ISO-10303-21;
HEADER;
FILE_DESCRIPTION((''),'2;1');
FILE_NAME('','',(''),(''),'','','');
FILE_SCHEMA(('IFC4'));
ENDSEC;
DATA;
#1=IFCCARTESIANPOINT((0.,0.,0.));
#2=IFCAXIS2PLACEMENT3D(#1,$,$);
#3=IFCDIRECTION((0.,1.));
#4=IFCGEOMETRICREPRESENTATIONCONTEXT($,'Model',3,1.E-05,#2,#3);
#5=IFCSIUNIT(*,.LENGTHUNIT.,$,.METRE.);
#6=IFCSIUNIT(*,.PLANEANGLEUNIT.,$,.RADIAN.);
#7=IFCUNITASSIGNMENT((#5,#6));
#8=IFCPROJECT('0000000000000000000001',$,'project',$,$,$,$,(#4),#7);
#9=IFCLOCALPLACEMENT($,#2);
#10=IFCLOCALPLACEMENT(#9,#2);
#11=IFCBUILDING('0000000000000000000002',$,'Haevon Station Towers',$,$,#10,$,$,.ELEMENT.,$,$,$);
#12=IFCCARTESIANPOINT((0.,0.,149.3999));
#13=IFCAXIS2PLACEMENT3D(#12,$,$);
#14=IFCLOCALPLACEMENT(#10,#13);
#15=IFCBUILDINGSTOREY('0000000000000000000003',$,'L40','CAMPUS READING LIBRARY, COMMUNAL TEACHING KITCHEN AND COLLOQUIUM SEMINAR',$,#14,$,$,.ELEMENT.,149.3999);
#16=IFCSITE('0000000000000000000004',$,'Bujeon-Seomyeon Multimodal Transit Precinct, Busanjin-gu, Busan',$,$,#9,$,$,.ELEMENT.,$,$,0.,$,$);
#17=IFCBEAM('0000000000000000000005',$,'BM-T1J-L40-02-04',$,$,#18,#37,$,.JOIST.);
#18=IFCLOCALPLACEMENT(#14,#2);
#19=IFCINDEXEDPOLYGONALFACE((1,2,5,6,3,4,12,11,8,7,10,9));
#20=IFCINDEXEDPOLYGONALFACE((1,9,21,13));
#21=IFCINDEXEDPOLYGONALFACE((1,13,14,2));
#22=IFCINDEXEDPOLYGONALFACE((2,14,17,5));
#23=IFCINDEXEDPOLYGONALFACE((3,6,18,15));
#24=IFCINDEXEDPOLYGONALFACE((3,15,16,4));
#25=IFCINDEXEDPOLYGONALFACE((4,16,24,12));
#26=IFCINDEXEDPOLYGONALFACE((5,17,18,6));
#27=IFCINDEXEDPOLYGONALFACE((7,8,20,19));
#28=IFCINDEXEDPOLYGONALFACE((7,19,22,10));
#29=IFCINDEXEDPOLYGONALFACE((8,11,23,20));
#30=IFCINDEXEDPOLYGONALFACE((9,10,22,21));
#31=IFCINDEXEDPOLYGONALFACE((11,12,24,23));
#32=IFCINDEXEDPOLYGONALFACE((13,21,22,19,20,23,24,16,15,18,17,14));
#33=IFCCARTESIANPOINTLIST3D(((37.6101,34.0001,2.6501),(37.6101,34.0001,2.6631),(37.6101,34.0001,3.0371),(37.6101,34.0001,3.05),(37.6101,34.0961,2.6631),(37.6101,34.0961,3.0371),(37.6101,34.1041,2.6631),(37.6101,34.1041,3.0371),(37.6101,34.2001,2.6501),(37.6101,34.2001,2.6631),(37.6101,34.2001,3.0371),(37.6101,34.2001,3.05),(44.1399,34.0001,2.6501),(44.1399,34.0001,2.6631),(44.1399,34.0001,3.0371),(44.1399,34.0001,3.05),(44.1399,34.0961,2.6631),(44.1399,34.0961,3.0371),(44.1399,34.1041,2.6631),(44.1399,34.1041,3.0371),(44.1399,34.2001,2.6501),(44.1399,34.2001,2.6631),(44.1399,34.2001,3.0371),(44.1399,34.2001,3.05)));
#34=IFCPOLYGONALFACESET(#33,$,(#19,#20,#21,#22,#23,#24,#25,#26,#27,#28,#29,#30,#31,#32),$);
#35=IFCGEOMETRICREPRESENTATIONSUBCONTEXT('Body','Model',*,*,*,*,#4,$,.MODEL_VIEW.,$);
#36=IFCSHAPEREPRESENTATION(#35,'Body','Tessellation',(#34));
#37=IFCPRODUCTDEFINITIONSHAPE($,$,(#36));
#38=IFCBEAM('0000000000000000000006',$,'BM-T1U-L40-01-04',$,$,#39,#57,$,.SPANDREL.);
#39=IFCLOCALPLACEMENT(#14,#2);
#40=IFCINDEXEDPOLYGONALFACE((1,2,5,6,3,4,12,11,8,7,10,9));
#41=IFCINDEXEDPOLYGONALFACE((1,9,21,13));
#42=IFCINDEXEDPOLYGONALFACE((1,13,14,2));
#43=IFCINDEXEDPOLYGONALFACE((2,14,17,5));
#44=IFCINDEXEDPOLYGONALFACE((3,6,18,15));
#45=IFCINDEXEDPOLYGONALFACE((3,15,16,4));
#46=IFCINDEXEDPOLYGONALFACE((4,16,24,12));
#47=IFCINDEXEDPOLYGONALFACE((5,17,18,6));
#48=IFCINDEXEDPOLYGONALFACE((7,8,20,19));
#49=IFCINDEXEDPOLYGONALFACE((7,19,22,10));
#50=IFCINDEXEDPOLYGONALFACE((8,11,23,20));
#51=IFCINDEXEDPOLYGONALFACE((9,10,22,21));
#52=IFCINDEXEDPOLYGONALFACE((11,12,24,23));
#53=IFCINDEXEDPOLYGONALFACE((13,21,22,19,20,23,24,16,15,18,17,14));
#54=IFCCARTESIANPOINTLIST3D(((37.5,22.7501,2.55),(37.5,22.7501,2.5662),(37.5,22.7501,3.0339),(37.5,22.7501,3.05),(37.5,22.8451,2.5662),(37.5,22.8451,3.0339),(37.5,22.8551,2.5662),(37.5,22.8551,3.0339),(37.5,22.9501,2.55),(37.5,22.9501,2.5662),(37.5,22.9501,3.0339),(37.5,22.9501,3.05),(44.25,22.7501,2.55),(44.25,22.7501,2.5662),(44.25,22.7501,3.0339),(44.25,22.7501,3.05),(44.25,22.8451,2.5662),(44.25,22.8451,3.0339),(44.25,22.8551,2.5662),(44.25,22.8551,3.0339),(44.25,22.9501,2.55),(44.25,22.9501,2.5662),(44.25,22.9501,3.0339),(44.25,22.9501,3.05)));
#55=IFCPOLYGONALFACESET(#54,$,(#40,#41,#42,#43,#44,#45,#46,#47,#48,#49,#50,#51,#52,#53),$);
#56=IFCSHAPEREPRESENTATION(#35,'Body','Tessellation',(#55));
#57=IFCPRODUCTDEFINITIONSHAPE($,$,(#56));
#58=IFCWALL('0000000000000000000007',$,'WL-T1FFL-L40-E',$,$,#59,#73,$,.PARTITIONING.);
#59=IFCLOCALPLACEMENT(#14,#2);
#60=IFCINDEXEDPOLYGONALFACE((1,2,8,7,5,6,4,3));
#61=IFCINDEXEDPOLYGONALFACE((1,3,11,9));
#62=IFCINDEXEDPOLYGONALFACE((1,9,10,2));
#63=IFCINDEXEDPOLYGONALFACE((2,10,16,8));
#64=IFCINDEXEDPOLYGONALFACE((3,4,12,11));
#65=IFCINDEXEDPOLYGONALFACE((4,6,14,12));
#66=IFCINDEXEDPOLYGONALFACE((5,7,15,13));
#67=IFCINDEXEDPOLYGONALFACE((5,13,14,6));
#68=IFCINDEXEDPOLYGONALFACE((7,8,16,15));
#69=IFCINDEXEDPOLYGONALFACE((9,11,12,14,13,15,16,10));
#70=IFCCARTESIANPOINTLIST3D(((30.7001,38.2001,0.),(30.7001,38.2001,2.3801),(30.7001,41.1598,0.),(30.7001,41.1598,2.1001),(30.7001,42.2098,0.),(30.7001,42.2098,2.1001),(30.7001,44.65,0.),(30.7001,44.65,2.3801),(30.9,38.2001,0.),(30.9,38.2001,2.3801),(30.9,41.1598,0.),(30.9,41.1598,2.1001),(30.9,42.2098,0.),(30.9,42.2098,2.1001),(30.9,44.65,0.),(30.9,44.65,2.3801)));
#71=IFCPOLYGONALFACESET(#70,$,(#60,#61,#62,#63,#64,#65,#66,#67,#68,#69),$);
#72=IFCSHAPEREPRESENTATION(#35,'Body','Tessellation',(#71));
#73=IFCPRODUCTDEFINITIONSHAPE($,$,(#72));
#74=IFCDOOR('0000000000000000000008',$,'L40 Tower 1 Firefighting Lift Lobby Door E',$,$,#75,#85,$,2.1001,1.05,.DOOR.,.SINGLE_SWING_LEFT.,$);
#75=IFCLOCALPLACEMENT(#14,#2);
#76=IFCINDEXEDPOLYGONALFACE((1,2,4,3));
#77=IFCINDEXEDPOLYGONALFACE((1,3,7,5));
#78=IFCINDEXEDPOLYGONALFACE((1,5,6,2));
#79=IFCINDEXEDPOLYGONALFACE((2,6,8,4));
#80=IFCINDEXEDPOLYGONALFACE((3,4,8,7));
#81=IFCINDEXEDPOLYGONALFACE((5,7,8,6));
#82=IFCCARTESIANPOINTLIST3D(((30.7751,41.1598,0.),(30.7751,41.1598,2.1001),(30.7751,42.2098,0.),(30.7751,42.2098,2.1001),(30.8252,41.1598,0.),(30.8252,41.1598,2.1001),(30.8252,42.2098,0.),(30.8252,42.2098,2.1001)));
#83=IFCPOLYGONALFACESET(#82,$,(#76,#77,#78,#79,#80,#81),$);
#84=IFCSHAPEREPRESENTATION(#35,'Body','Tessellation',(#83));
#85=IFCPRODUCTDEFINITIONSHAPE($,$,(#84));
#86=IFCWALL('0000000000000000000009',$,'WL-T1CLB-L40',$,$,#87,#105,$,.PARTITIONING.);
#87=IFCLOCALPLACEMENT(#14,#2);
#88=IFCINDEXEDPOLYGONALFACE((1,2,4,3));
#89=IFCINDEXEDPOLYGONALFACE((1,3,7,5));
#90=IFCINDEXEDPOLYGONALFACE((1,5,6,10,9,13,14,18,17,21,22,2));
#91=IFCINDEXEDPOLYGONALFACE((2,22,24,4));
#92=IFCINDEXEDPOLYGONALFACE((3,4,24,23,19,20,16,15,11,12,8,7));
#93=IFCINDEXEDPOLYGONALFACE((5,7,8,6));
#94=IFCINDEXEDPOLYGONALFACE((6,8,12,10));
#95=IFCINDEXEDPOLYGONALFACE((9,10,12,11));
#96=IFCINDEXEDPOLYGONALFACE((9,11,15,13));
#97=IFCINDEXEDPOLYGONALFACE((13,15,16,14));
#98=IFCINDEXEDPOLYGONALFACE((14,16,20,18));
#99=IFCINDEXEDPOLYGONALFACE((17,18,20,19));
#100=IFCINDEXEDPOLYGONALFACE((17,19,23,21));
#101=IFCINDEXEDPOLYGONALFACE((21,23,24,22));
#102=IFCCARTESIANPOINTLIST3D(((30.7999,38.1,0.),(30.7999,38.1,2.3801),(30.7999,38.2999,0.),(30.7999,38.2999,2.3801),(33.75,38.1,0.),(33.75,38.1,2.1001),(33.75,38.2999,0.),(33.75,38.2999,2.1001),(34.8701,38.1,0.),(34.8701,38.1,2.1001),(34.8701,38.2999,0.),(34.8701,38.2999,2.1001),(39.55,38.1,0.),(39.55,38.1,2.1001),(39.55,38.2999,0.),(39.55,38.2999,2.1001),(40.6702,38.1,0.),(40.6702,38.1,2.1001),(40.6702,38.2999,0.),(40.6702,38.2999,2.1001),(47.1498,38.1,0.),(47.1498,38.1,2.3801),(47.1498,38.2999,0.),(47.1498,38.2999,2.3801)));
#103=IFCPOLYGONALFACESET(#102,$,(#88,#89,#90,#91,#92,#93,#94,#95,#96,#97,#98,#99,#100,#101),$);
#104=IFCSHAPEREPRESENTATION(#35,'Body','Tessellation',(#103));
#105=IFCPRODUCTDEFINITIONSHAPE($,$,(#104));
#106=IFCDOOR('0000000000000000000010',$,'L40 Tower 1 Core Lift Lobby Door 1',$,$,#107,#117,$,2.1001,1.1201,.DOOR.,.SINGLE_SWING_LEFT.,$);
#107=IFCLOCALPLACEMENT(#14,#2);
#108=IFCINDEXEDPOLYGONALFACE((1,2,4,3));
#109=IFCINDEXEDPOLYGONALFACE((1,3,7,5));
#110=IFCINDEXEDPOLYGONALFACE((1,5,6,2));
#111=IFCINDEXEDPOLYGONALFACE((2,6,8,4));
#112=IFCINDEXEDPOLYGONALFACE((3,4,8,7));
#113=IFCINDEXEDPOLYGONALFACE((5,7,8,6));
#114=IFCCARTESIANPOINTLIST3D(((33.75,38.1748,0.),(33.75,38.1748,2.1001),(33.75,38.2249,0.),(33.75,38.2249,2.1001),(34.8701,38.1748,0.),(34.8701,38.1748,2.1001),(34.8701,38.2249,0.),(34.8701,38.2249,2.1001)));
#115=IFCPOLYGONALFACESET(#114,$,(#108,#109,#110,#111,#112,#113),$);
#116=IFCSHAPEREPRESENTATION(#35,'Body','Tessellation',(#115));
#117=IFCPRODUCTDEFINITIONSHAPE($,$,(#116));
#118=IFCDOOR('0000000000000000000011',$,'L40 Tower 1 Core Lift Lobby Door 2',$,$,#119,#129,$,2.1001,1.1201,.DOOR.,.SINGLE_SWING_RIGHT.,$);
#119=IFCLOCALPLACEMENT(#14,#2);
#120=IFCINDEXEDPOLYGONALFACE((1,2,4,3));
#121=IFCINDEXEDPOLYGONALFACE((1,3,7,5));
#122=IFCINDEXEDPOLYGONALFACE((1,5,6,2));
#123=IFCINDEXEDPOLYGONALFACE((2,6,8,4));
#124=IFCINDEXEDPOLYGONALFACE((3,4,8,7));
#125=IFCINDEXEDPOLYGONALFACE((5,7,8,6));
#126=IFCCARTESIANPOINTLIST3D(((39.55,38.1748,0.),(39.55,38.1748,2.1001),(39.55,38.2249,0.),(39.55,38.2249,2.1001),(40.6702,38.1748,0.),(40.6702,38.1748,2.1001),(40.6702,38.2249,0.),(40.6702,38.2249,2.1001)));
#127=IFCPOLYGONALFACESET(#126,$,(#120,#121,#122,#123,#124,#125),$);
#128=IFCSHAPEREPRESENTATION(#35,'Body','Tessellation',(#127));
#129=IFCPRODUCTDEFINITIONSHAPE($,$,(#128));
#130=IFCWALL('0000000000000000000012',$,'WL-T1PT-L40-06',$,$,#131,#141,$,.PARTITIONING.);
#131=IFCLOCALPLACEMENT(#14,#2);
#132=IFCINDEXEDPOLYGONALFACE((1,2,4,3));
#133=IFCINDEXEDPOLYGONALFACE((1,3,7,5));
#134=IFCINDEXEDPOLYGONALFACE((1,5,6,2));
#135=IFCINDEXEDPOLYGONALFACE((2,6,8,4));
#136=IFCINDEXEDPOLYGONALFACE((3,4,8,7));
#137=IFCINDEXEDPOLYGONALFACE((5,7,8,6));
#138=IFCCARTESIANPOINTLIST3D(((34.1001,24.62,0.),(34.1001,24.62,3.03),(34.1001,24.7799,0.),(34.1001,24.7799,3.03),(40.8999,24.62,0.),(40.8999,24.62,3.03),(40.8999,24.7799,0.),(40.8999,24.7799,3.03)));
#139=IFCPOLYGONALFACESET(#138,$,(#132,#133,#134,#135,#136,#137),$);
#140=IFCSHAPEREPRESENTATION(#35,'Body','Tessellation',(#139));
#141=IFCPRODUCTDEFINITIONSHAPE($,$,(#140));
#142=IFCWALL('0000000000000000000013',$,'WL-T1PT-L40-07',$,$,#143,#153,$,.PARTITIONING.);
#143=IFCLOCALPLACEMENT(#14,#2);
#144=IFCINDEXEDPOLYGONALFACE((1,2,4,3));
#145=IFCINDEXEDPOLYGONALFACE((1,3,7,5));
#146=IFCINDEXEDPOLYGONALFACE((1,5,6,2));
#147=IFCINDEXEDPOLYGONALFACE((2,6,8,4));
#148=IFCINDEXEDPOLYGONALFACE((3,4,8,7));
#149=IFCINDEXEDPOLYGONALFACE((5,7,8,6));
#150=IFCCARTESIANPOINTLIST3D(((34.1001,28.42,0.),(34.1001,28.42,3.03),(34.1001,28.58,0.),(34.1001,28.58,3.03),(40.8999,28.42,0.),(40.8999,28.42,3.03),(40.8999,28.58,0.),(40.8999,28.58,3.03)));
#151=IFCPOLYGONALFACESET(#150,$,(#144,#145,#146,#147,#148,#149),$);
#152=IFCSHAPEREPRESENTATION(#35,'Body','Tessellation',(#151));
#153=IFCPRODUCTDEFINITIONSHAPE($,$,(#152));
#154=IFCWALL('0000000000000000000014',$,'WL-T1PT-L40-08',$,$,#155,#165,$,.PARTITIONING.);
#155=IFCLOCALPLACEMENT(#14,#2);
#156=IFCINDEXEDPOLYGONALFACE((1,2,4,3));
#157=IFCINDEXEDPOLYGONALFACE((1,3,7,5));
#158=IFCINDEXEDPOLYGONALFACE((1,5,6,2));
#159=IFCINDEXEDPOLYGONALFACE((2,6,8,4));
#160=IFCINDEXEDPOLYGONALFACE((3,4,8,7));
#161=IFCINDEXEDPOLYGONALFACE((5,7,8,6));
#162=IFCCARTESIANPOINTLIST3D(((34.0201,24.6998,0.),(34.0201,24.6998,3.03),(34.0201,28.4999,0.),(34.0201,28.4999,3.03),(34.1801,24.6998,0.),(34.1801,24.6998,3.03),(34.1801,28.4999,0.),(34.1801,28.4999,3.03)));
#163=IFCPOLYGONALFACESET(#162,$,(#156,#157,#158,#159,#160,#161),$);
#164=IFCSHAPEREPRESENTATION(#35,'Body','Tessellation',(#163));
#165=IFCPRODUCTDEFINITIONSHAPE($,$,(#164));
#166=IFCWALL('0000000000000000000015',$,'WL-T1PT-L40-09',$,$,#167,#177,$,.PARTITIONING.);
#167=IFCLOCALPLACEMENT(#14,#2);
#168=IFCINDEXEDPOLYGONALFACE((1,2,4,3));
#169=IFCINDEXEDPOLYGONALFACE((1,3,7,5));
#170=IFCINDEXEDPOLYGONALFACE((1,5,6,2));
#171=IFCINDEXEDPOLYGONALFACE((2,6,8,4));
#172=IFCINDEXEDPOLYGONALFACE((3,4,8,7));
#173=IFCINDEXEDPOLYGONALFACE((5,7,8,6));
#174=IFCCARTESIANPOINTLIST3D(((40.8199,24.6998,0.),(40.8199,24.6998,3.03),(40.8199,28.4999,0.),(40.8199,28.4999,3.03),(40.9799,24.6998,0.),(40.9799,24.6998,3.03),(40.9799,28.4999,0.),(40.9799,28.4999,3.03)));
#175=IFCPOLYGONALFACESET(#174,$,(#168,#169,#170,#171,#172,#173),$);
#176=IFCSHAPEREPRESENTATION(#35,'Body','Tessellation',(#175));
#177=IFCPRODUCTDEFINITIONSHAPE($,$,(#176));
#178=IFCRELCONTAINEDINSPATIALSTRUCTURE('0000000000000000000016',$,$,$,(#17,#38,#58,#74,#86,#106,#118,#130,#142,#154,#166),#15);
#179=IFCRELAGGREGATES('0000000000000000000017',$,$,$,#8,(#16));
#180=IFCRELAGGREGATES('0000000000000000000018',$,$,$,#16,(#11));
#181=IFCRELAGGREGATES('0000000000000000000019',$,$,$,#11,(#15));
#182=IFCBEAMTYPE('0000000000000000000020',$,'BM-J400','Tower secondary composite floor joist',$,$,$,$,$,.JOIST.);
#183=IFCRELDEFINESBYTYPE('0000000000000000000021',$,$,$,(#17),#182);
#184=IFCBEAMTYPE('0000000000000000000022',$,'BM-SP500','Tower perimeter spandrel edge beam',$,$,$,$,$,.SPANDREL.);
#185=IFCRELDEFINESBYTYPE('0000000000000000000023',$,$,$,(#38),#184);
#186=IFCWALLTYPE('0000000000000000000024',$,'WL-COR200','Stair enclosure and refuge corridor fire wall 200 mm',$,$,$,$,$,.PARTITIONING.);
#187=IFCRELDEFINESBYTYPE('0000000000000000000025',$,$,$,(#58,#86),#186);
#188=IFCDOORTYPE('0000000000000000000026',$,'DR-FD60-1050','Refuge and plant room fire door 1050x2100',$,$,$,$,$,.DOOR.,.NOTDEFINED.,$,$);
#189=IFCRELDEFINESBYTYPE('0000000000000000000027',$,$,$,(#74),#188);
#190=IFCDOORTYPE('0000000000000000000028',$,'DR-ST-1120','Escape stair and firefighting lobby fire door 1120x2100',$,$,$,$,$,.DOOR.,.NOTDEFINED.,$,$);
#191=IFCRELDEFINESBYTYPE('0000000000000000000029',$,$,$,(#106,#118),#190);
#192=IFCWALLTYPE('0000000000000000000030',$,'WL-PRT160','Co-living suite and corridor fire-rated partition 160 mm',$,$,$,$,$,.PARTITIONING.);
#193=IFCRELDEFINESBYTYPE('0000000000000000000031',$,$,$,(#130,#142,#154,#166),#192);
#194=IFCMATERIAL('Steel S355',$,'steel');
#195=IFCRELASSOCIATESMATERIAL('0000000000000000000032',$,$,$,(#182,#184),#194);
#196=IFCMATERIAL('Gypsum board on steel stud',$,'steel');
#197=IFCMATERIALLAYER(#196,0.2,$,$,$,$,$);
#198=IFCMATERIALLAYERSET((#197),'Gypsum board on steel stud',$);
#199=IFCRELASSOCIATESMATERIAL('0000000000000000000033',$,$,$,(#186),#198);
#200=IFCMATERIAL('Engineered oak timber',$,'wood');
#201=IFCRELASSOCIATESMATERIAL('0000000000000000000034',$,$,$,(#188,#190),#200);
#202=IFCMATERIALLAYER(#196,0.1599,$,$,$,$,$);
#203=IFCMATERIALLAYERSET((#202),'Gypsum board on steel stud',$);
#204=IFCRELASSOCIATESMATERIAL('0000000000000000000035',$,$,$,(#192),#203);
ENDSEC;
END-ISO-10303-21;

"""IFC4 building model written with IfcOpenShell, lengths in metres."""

from ifc_helpers import new_model, si_unit, direction, frame, frame_2d, origin, origin_2d, place, context, subcontext, project, spatial, rectangle, i_section, extrude, material, layer, layer_set, material_profile, profile_set, type_object, element, fill, save


model = new_model("IFC4")

# Units and contexts
model_context = context("Model", 3, precision=1e-05, world=origin(), true_north=direction((0.0, 1.0)))
body_context = subcontext(model_context, "Body", "Model", "MODEL_VIEW")
ifc_project = project(units=[si_unit("LENGTHUNIT", "METRE"), si_unit("PLANEANGLEUNIT", "RADIAN")], contexts=[model_context])

# Site, building, storey
site_placement = place(None, origin())
site = spatial("IfcSite", under=ifc_project, at=site_placement, Name="Bujeon-Seomyeon Multimodal Transit Precinct, Busanjin-gu, Busan", CompositionType="ELEMENT", RefElevation=0.0)
building_placement = place(site_placement, origin())
building = spatial("IfcBuilding", under=site, at=building_placement, Name="Haevon Station Towers", CompositionType="ELEMENT")
storey_placement = place(building_placement, frame((0.0, 0.0, 149.3999)))
storey = spatial("IfcBuildingStorey", under=building, at=storey_placement, Name="L40", Description="CAMPUS READING LIBRARY, COMMUNAL TEACHING KITCHEN AND COLLOQUIUM SEMINAR", CompositionType="ELEMENT", Elevation=149.3999)

# Shared definitions
ifc_material_1 = material(Name="Steel S355", Category="steel")

# Beams
ifc_material_profile_1 = material_profile(ifc_material_1, i_section(OverallWidth=0.2, OverallDepth=0.3999, WebThickness=0.0081, FlangeThickness=0.0129, at=origin_2d()), Name="H-400x200x8x13")
ifc_profile_set_1 = profile_set([ifc_material_profile_1], Name="Steel S355")
beam_type_1 = type_object("IfcBeamType", Name="BM-J400", Description="Tower secondary composite floor joist", PredefinedType="JOIST", material=ifc_profile_set_1)
for number, where, z_axis, x_axis, name in (
    (1, (37.6101, 34.1001, 2.8501), (1.0, 0.0, 0.0), (0.0, 1.0, 0.0), "BM-T1J-L40-02-04"),
):
    element("IfcBeam", number, at=place(storey_placement, frame(where, z_axis=z_axis, x_axis=x_axis)), inside=storey, type_object=beam_type_1, Name=name, PredefinedType="JOIST", context=body_context, shape_type="SweptSolid", body=[
        extrude(i_section(OverallWidth=0.2, OverallDepth=0.3999, WebThickness=0.0081, FlangeThickness=0.0129, at=origin_2d()), origin(), (0.0, 0.0, 1.0), 6.5298),
    ])
ifc_material_profile_2 = material_profile(ifc_material_1, i_section(OverallWidth=0.2, OverallDepth=0.5, WebThickness=0.01, FlangeThickness=0.0161, at=origin_2d()), Name="H-500x200x10x16")
ifc_profile_set_2 = profile_set([ifc_material_profile_2], Name="Steel S355")
beam_type_2 = type_object("IfcBeamType", Name="BM-SP500", Description="Tower perimeter spandrel edge beam", PredefinedType="SPANDREL", material=ifc_profile_set_2)
beam_1_placement = place(storey_placement, frame((37.5, 22.8501, 2.8), z_axis=(1.0, 0.0, 0.0), x_axis=(0.0, 1.0, 0.0)))
element("IfcBeam", 2, at=beam_1_placement, inside=storey, type_object=beam_type_2, Name="BM-T1U-L40-01-04", PredefinedType="SPANDREL", context=body_context, shape_type="SweptSolid", body=[
    extrude(i_section(OverallWidth=0.2, OverallDepth=0.5, WebThickness=0.01, FlangeThickness=0.0161, at=origin_2d()), origin(), (0.0, 0.0, 1.0), 6.75),
])

# Wall, opening, door
ifc_material_2 = material(Name="Gypsum board on steel stud", Category="steel")
ifc_layer_1 = layer(ifc_material_2, 0.2)
ifc_layer_set_1 = layer_set([ifc_layer_1], Name="Gypsum board on steel stud")
wall_type_1 = type_object("IfcWallType", Name="WL-COR200", Description="Stair enclosure and refuge corridor fire wall 200 mm", PredefinedType="PARTITIONING", material=ifc_layer_set_1)
wall_1_placement = place(storey_placement, frame((30.8, 38.2, 0.0), z_axis=(0.0, 0.0, 1.0), x_axis=(0.0, 1.0, 0.0)))
wall_1 = element("IfcWall", 3, at=wall_1_placement, inside=storey, type_object=wall_type_1, Name="WL-T1FFL-L40-E", PredefinedType="PARTITIONING", context=body_context, shape_type="SweptSolid", body=[
    extrude(rectangle(XDim=6.45, YDim=0.2, at=frame_2d((3.2251, 0.0))), origin(), (0.0, 0.0, 1.0), 2.3801),
])
opening_1_placement = place(wall_1_placement, frame((2.96, 0.0, 0.0)))
opening_1 = element("IfcOpeningElement", 4, at=opening_1_placement, cuts=wall_1, PredefinedType="OPENING", context=body_context, shape_type="SweptSolid", body=[
    extrude(rectangle(XDim=1.05, YDim=2.1001, at=frame_2d((0.5249, 1.05))), frame((0.0, 0.1099, 0.0), z_axis=(0.0, -1.0, 0.0), x_axis=(1.0, 0.0, 0.0)), (0.0, 0.0, 1.0), 0.22),
])
ifc_material_3 = material(Name="Engineered oak timber", Category="wood")
door_type_1 = type_object("IfcDoorType", Name="DR-FD60-1050", Description="Refuge and plant room fire door 1050x2100", OperationType="NOTDEFINED", PredefinedType="DOOR", material=ifc_material_3)
door_1_placement = place(opening_1_placement, origin())
door_1 = element("IfcDoor", 5, at=door_1_placement, inside=storey, type_object=door_type_1, Name="L40 Tower 1 Firefighting Lift Lobby Door E", OperationType="SINGLE_SWING_LEFT", OverallHeight=2.1001, OverallWidth=1.05, PredefinedType="DOOR", context=body_context, shape_type="SweptSolid", body=[
    extrude(rectangle(XDim=1.05, YDim=2.1001, at=frame_2d((0.5249, 1.05))), frame((0.0, 0.0249, 0.0), z_axis=(0.0, -1.0, 0.0), x_axis=(1.0, 0.0, 0.0)), (0.0, 0.0, 1.0), 0.05),
])
fill(opening_1, door_1)

# Wall, openings, doors
wall_2_placement = place(storey_placement, frame((30.8, 38.2, 0.0), z_axis=(0.0, 0.0, 1.0), x_axis=(1.0, 0.0, 0.0)))
wall_2 = element("IfcWall", 6, at=wall_2_placement, inside=storey, type_object=wall_type_1, Name="WL-T1CLB-L40", PredefinedType="PARTITIONING", context=body_context, shape_type="SweptSolid", body=[
    extrude(rectangle(XDim=16.3499, YDim=0.2, at=frame_2d((8.1748, 0.0))), origin(), (0.0, 0.0, 1.0), 2.3801),
])
opening_2_placement = place(wall_2_placement, frame((2.95, 0.0, 0.0)))
opening_2 = element("IfcOpeningElement", 7, at=opening_2_placement, cuts=wall_2, PredefinedType="OPENING", context=body_context, shape_type="SweptSolid", body=[
    extrude(rectangle(XDim=1.1201, YDim=2.1001, at=frame_2d((0.5601, 1.05))), frame((0.0, 0.1099, 0.0), z_axis=(0.0, -1.0, 0.0), x_axis=(1.0, 0.0, 0.0)), (0.0, 0.0, 1.0), 0.22),
])
opening_3_placement = place(wall_2_placement, frame((8.75, 0.0, 0.0)))
opening_3 = element("IfcOpeningElement", 8, at=opening_3_placement, cuts=wall_2, PredefinedType="OPENING", context=body_context, shape_type="SweptSolid", body=[
    extrude(rectangle(XDim=1.1201, YDim=2.1001, at=frame_2d((0.5601, 1.05))), frame((0.0, 0.1099, 0.0), z_axis=(0.0, -1.0, 0.0), x_axis=(1.0, 0.0, 0.0)), (0.0, 0.0, 1.0), 0.22),
])
door_type_2 = type_object("IfcDoorType", Name="DR-ST-1120", Description="Escape stair and firefighting lobby fire door 1120x2100", OperationType="NOTDEFINED", PredefinedType="DOOR", material=ifc_material_3)
door_2_placement = place(opening_2_placement, origin())
door_2 = element("IfcDoor", 9, at=door_2_placement, inside=storey, type_object=door_type_2, Name="L40 Tower 1 Core Lift Lobby Door 1", OperationType="SINGLE_SWING_LEFT", OverallHeight=2.1001, OverallWidth=1.1201, PredefinedType="DOOR", context=body_context, shape_type="SweptSolid", body=[
    extrude(rectangle(XDim=1.1201, YDim=2.1001, at=frame_2d((0.5601, 1.05))), frame((0.0, 0.0249, 0.0), z_axis=(0.0, -1.0, 0.0), x_axis=(1.0, 0.0, 0.0)), (0.0, 0.0, 1.0), 0.05),
])
fill(opening_2, door_2)
door_3_placement = place(opening_3_placement, origin())
door_3 = element("IfcDoor", 10, at=door_3_placement, inside=storey, type_object=door_type_2, Name="L40 Tower 1 Core Lift Lobby Door 2", OperationType="SINGLE_SWING_RIGHT", OverallHeight=2.1001, OverallWidth=1.1201, PredefinedType="DOOR", context=body_context, shape_type="SweptSolid", body=[
    extrude(rectangle(XDim=1.1201, YDim=2.1001, at=frame_2d((0.5601, 1.05))), frame((0.0, 0.0249, 0.0), z_axis=(0.0, -1.0, 0.0), x_axis=(1.0, 0.0, 0.0)), (0.0, 0.0, 1.0), 0.05),
])
fill(opening_3, door_3)

# Walls
ifc_layer_2 = layer(ifc_material_2, 0.1599)
ifc_layer_set_2 = layer_set([ifc_layer_2], Name="Gypsum board on steel stud")
wall_type_2 = type_object("IfcWallType", Name="WL-PRT160", Description="Co-living suite and corridor fire-rated partition 160 mm", PredefinedType="PARTITIONING", material=ifc_layer_set_2)
for number, where, z_axis, x_axis, name in (
    (11, (34.1001, 24.7, 0.0), (0.0, 0.0, 1.0), (1.0, 0.0, 0.0), "WL-T1PT-L40-06"),
    (12, (34.1001, 28.5, 0.0), (0.0, 0.0, 1.0), (1.0, 0.0, 0.0), "WL-T1PT-L40-07"),
):
    element("IfcWall", number, at=place(storey_placement, frame(where, z_axis=z_axis, x_axis=x_axis)), inside=storey, type_object=wall_type_2, Name=name, PredefinedType="PARTITIONING", context=body_context, shape_type="SweptSolid", body=[
        extrude(rectangle(XDim=6.7998, YDim=0.1599, at=frame_2d((3.3999, 0.0))), origin(), (0.0, 0.0, 1.0), 3.03),
    ])
for number, where, z_axis, x_axis, name in (
    (13, (34.1001, 24.7, 0.0), (0.0, 0.0, 1.0), (0.0, 1.0, 0.0), "WL-T1PT-L40-08"),
    (14, (40.8999, 24.7, 0.0), (0.0, 0.0, 1.0), (0.0, 1.0, 0.0), "WL-T1PT-L40-09"),
):
    element("IfcWall", number, at=place(storey_placement, frame(where, z_axis=z_axis, x_axis=x_axis)), inside=storey, type_object=wall_type_2, Name=name, PredefinedType="PARTITIONING", context=body_context, shape_type="SweptSolid", body=[
        extrude(rectangle(XDim=3.8, YDim=0.1599, at=frame_2d((1.8999, 0.0))), origin(), (0.0, 0.0, 1.0), 3.03),
    ])

save(model, "model.ifc")
